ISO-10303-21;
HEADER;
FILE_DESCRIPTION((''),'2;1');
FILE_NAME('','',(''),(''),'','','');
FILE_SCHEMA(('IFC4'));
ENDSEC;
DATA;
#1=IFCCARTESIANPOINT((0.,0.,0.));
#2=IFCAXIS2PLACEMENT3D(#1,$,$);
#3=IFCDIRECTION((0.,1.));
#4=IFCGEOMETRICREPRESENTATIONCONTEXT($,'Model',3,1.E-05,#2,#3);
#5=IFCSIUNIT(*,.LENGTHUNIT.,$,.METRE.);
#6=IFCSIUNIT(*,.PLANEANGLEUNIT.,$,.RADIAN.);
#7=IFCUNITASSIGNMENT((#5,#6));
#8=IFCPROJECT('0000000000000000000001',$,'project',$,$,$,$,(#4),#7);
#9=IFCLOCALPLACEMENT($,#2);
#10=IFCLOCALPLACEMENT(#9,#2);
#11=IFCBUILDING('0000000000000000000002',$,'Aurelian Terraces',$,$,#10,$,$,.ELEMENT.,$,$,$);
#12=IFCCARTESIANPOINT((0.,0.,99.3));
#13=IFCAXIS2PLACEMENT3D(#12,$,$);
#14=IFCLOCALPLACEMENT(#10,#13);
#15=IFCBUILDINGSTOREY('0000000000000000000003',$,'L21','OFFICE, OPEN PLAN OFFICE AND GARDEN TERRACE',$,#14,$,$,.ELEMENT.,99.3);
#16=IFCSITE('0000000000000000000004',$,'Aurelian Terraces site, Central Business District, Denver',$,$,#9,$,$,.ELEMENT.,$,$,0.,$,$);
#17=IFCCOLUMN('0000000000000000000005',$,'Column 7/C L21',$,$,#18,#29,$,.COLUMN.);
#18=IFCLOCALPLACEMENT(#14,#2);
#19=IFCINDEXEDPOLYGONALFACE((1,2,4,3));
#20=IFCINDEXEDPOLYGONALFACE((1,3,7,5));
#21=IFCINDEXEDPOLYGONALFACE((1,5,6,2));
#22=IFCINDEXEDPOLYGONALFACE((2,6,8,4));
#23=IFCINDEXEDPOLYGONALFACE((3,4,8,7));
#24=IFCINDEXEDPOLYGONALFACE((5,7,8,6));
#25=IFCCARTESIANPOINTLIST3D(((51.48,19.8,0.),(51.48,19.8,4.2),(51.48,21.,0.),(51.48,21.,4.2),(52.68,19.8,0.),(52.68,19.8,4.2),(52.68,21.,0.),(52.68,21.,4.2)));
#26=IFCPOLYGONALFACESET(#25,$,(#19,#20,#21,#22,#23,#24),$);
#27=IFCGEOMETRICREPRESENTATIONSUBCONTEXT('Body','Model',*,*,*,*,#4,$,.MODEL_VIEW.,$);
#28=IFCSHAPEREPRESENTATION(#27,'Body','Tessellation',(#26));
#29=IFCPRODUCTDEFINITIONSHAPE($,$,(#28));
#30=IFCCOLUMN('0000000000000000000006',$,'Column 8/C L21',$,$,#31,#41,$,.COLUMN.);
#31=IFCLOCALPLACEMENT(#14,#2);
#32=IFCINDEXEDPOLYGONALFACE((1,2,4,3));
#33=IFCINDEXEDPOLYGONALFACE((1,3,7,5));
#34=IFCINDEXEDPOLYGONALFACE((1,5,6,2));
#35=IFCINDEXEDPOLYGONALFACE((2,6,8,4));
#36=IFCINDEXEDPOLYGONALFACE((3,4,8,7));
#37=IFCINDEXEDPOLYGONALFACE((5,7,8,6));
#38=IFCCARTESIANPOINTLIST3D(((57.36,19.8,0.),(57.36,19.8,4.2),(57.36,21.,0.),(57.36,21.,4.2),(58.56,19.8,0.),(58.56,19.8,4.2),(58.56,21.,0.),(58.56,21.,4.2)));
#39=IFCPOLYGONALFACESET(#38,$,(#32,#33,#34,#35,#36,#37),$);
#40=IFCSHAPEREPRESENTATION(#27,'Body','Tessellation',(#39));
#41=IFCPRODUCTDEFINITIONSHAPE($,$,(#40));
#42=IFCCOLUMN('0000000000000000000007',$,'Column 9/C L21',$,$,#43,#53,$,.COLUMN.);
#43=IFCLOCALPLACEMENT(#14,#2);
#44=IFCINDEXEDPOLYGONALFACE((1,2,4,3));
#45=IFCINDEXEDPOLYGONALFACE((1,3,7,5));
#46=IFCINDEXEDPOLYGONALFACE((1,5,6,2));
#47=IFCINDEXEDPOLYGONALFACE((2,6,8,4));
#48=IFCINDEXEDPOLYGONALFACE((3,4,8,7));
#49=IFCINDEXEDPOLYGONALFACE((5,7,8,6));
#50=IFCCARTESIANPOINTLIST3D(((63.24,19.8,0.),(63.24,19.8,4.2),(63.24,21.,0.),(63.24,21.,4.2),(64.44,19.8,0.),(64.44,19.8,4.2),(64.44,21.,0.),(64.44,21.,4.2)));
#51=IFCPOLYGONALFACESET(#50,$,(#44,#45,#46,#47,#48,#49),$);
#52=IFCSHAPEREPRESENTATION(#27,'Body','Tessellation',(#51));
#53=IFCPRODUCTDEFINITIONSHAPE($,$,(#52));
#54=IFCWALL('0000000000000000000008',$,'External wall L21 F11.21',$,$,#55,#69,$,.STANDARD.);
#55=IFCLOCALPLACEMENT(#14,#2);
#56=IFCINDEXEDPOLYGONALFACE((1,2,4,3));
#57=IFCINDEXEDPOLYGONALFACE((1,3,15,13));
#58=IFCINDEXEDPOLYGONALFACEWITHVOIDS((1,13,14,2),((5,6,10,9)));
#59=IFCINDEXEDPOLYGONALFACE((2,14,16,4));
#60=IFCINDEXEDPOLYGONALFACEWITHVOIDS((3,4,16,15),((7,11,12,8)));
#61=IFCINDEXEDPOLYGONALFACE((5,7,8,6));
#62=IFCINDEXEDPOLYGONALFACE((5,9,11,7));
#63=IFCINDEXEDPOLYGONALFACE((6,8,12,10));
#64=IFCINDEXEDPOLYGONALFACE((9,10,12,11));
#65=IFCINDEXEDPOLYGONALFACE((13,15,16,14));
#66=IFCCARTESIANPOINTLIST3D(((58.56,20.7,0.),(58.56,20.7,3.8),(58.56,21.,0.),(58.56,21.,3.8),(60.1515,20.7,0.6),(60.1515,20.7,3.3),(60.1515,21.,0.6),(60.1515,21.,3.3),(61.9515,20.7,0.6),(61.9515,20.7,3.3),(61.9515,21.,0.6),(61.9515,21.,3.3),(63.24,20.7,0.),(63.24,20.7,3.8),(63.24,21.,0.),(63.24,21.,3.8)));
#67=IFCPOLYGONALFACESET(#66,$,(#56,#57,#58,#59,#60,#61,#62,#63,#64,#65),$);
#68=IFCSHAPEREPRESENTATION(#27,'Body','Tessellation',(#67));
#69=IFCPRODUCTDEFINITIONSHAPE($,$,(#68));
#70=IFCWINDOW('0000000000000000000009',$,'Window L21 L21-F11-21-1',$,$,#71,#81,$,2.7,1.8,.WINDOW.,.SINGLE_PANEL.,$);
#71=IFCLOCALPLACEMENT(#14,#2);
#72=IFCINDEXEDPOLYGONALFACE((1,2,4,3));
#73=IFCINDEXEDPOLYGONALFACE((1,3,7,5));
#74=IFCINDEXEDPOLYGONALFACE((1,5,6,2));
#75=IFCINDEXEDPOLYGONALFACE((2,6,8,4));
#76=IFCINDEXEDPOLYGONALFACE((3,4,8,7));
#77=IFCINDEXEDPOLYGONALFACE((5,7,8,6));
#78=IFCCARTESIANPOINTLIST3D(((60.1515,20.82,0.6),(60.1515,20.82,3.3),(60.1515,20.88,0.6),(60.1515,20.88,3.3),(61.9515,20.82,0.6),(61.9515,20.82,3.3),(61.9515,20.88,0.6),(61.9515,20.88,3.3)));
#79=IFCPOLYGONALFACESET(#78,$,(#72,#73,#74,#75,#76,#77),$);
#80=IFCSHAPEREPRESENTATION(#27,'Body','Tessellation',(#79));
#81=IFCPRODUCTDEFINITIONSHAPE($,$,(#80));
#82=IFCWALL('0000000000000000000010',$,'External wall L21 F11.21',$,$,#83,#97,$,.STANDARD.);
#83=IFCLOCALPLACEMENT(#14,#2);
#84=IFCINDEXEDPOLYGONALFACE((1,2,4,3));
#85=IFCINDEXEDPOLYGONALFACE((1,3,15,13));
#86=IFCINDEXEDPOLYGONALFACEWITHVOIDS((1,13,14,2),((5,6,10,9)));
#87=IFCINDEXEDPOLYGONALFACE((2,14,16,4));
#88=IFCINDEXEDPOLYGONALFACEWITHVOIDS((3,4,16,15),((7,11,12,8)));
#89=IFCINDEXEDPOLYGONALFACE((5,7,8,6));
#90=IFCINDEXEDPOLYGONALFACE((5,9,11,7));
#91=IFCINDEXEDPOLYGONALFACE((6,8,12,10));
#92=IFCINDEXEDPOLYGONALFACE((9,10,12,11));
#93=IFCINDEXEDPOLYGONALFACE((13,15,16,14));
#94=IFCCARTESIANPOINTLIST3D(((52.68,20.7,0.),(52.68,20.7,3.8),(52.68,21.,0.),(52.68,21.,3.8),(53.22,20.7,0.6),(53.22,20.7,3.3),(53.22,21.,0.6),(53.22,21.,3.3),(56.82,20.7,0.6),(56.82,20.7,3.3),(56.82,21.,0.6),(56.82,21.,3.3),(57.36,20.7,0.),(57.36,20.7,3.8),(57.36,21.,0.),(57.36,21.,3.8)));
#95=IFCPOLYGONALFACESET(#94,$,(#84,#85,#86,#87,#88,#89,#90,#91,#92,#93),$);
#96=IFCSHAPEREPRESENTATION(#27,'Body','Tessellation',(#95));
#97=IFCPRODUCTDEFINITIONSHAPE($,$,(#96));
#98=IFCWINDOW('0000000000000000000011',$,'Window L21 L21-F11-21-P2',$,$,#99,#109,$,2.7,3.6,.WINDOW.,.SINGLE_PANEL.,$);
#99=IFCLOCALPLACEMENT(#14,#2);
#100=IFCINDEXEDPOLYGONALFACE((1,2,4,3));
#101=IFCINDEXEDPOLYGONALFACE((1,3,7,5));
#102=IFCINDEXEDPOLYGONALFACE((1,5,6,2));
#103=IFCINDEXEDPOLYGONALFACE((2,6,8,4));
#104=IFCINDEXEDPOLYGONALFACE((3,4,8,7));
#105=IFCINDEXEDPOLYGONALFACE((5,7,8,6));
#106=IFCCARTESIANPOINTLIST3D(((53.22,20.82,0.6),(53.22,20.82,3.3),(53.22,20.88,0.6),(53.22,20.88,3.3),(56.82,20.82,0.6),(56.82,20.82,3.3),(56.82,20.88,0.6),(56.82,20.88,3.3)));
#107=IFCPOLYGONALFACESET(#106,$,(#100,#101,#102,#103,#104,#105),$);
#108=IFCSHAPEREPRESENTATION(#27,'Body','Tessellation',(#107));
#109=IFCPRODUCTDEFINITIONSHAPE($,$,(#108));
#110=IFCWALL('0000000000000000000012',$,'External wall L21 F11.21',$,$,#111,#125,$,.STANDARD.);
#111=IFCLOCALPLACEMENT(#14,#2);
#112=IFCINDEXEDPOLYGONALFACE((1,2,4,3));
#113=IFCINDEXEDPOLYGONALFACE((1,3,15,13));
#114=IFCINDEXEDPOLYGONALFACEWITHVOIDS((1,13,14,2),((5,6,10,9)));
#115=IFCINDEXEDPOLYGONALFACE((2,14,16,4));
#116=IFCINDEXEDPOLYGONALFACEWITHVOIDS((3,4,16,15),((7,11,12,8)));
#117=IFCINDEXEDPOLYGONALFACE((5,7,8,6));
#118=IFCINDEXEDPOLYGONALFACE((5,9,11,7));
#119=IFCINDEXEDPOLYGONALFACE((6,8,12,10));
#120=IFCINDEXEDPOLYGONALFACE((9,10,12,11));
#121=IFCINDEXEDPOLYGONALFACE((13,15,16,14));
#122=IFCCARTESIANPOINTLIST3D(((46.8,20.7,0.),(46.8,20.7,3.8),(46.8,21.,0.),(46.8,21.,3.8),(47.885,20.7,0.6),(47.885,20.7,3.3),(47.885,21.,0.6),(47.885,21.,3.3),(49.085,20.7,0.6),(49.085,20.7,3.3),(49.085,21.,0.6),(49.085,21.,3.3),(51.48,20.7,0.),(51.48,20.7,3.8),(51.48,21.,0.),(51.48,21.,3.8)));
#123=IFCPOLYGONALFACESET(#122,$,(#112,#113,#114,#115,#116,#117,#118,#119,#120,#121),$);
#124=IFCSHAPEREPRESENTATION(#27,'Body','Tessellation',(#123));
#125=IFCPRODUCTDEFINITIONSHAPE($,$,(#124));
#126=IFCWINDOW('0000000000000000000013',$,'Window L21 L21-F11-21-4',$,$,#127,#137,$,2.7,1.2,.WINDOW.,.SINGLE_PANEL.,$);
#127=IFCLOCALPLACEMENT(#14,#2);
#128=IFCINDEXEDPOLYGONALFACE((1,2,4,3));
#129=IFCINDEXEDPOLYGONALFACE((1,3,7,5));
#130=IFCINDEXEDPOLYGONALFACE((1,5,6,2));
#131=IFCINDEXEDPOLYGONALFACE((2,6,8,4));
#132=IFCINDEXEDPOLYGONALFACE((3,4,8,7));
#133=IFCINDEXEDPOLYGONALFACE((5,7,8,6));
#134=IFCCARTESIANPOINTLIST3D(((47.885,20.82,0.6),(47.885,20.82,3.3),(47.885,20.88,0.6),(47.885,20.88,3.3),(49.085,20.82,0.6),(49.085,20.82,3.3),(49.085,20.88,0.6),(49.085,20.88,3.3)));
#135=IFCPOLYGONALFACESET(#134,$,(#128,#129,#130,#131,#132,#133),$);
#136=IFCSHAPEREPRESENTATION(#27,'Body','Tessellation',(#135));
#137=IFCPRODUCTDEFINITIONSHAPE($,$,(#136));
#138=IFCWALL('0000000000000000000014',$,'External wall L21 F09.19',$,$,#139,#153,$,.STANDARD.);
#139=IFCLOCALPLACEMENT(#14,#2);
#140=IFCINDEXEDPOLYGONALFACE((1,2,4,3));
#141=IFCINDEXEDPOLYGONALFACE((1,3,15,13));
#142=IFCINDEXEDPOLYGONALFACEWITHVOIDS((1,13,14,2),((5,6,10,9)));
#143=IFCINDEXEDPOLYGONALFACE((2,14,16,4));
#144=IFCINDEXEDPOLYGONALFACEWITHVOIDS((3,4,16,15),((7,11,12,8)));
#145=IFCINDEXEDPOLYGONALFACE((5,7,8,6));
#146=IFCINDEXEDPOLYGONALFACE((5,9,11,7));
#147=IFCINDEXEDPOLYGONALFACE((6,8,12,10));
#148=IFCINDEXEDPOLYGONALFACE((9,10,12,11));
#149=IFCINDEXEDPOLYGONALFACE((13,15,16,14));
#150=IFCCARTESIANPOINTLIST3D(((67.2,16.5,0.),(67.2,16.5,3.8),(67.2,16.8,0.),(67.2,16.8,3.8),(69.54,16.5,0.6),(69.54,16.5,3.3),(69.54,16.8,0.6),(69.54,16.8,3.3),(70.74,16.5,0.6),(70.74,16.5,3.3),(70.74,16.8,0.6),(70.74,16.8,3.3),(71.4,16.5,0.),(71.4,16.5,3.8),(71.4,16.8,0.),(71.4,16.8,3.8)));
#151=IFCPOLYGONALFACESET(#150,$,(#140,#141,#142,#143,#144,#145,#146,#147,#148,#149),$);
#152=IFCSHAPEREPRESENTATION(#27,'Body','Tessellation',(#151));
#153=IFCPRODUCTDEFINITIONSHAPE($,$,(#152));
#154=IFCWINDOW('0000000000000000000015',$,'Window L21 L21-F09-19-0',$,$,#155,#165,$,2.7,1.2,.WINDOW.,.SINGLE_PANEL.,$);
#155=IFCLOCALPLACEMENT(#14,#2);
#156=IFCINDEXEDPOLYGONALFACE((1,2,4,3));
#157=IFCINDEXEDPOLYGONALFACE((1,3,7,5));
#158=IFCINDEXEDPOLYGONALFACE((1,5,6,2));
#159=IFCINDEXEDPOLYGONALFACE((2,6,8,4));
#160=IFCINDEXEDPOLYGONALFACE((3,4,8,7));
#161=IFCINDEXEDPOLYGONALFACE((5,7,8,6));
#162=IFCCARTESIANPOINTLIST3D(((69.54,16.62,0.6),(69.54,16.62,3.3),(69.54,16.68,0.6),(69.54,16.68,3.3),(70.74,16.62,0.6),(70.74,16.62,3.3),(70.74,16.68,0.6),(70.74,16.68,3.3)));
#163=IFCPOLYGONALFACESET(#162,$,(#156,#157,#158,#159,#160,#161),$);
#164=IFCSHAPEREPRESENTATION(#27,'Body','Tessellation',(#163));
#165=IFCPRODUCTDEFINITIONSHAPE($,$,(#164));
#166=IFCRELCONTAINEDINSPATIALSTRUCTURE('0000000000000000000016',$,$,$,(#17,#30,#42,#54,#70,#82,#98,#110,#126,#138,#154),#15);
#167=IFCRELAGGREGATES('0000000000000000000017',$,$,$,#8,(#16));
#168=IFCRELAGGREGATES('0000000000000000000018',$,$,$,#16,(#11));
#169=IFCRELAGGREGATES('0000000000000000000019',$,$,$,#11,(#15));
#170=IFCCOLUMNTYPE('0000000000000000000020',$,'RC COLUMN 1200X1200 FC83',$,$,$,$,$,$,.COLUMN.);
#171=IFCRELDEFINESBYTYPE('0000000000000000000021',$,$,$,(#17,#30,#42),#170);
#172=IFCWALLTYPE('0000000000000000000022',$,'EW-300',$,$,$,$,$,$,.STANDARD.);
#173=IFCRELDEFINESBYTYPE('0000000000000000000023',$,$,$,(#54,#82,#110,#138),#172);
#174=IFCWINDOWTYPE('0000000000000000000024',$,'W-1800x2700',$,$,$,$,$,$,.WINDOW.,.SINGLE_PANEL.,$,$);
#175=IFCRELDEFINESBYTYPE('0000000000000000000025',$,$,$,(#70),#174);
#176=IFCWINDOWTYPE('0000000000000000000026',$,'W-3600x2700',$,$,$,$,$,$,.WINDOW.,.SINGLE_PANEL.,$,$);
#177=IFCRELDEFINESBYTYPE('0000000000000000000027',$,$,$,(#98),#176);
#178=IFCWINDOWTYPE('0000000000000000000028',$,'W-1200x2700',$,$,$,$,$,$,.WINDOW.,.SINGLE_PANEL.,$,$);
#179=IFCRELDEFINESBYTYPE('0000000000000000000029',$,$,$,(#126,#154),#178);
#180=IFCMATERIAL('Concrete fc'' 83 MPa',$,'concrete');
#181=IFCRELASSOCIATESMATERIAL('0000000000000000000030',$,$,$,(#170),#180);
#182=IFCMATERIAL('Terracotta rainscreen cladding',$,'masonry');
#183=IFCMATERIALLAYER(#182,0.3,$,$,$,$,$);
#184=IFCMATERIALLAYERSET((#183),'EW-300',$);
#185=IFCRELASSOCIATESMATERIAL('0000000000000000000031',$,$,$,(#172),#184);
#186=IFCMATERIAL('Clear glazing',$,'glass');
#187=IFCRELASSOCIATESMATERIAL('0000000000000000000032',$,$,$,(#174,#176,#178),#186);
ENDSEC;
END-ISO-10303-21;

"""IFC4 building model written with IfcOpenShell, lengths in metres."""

from ifc_helpers import new_model, si_unit, direction, frame, frame_2d, origin, origin_2d, place, context, subcontext, project, spatial, rectangle, extrude, source, transform, mapped, material, layer, layer_set, material_profile, profile_set, type_object, element, fill, save


model = new_model("IFC4")

# Units and contexts
model_context = context("Model", 3, precision=1e-05, world=origin(), true_north=direction((0.0, 1.0)))
body_context = subcontext(model_context, "Body", "Model", "MODEL_VIEW")
ifc_project = project(units=[si_unit("LENGTHUNIT", "METRE"), si_unit("PLANEANGLEUNIT", "RADIAN")], contexts=[model_context])

# Site, building, storey
site_placement = place(None, origin())
site = spatial("IfcSite", under=ifc_project, at=site_placement, Name="Aurelian Terraces site, Central Business District, Denver", CompositionType="ELEMENT", RefElevation=0.0)
building_placement = place(site_placement, origin())
building = spatial("IfcBuilding", under=site, at=building_placement, Name="Aurelian Terraces", CompositionType="ELEMENT")
storey_placement = place(building_placement, frame((0.0, 0.0, 99.3)))
storey = spatial("IfcBuildingStorey", under=building, at=storey_placement, Name="L21", Description="OFFICE, OPEN PLAN OFFICE AND GARDEN TERRACE", CompositionType="ELEMENT", Elevation=99.3)

# Columns
ifc_material_1 = material(Name="Concrete fc' 83 MPa", Category="concrete")
ifc_material_profile = material_profile(ifc_material_1, rectangle(XDim=1.2, YDim=1.2, at=origin_2d()))
ifc_profile_set = profile_set([ifc_material_profile], Name="Concrete fc' 83 MPa")
column_type = type_object("IfcColumnType", Name="RC COLUMN 1200X1200 FC83", PredefinedType="COLUMN", material=ifc_profile_set)
shared_shape_1 = source(origin(), body_context, "Body", "SweptSolid", [
    extrude(rectangle(XDim=1.2, YDim=1.2, at=origin_2d()), origin(), (0.0, 0.0, 1.0), 4.2),
])
for number, where, z_axis, x_axis, name in (
    (1, (52.08, 20.4, 0.0), (0.0, 0.0, 1.0), (1.0, 0.0, 0.0), "Column 7/C L21"),
    (2, (57.96, 20.4, 0.0), (0.0, 0.0, 1.0), (1.0, 0.0, 0.0), "Column 8/C L21"),
    (3, (63.84, 20.4, 0.0), (0.0, 0.0, 1.0), (1.0, 0.0, 0.0), "Column 9/C L21"),
):
    element("IfcColumn", number, at=place(storey_placement, frame(where, z_axis=z_axis, x_axis=x_axis)), inside=storey, type_object=column_type, Name=name, PredefinedType="COLUMN", context=body_context, shape_type="MappedRepresentation", body=[
        mapped(shared_shape_1, transform((0.0, 0.0, 0.0), scale=1.0)),
    ])

# Walls, openings, windows
ifc_material_2 = material(Name="Terracotta rainscreen cladding", Category="masonry")
ifc_layer_1 = layer(ifc_material_2, 0.3)
ifc_layer_set_1 = layer_set([ifc_layer_1], Name="EW-300")
wall_type_1 = type_object("IfcWallType", Name="EW-300", PredefinedType="STANDARD", material=ifc_layer_set_1)
shared_shape_2 = source(origin(), body_context, "Body", "SweptSolid", [
    extrude(rectangle(XDim=4.68, YDim=0.3, at=frame_2d((2.34, 0.0))), origin(), (0.0, 0.0, 1.0), 3.8),
])
wall_1_placement = place(storey_placement, frame((63.24, 20.85, 0.0), z_axis=(0.0, 0.0, 1.0), x_axis=(-1.0, 0.0, 0.0)))
wall_1 = element("IfcWall", 4, at=wall_1_placement, inside=storey, type_object=wall_type_1, Name="External wall L21 F11.21", PredefinedType="STANDARD", context=body_context, shape_type="MappedRepresentation", body=[
    mapped(shared_shape_2, transform((0.0, 0.0, 0.0), scale=1.0)),
])
shared_shape_3 = source(origin(), body_context, "Body", "SweptSolid", [
    extrude(rectangle(XDim=1.8, YDim=2.7, at=frame_2d((0.9, 1.35))), frame((0.0, 0.16, 0.0), z_axis=(0.0, -1.0, 0.0), x_axis=(1.0, 0.0, 0.0)), (0.0, 0.0, 1.0), 0.32),
])
opening_1_placement = place(wall_1_placement, frame((1.2885, 0.0, 0.6)))
opening_1 = element("IfcOpeningElement", 5, at=opening_1_placement, cuts=wall_1, PredefinedType="OPENING", context=body_context, shape_type="MappedRepresentation", body=[
    mapped(shared_shape_3, transform((0.0, 0.0, 0.0), scale=1.0)),
])
ifc_material_3 = material(Name="Clear glazing", Category="glass")
window_type_1 = type_object("IfcWindowType", Name="W-1800x2700", PartitioningType="SINGLE_PANEL", PredefinedType="WINDOW", material=ifc_material_3)
shared_shape_4 = source(origin(), body_context, "Body", "SweptSolid", [
    extrude(rectangle(XDim=1.8, YDim=2.7, at=frame_2d((0.9, 1.35))), frame((0.0, 0.03, 0.0), z_axis=(0.0, -1.0, 0.0), x_axis=(1.0, 0.0, 0.0)), (0.0, 0.0, 1.0), 0.06),
])
window_1_placement = place(opening_1_placement, origin())
window_1 = element("IfcWindow", 6, at=window_1_placement, inside=storey, type_object=window_type_1, Name="Window L21 L21-F11-21-1", OverallHeight=2.7, OverallWidth=1.8, PartitioningType="SINGLE_PANEL", PredefinedType="WINDOW", context=body_context, shape_type="MappedRepresentation", body=[
    mapped(shared_shape_4, transform((0.0, 0.0, 0.0), scale=1.0)),
])
fill(opening_1, window_1)
wall_2_placement = place(storey_placement, frame((57.36, 20.85, 0.0), z_axis=(0.0, 0.0, 1.0), x_axis=(-1.0, 0.0, 0.0)))
wall_2 = element("IfcWall", 7, at=wall_2_placement, inside=storey, type_object=wall_type_1, Name="External wall L21 F11.21", PredefinedType="STANDARD", context=body_context, shape_type="MappedRepresentation", body=[
    mapped(shared_shape_2, transform((0.0, 0.0, 0.0), scale=1.0)),
])
shared_shape_5 = source(origin(), body_context, "Body", "SweptSolid", [
    extrude(rectangle(XDim=3.6, YDim=2.7, at=frame_2d((1.8, 1.35))), frame((0.0, 0.16, 0.0), z_axis=(0.0, -1.0, 0.0), x_axis=(1.0, 0.0, 0.0)), (0.0, 0.0, 1.0), 0.32),
])
opening_2_placement = place(wall_2_placement, frame((0.54, 0.0, 0.6)))
opening_2 = element("IfcOpeningElement", 8, at=opening_2_placement, cuts=wall_2, PredefinedType="OPENING", context=body_context, shape_type="MappedRepresentation", body=[
    mapped(shared_shape_5, transform((0.0, 0.0, 0.0), scale=1.0)),
])
window_type_2 = type_object("IfcWindowType", Name="W-3600x2700", PartitioningType="SINGLE_PANEL", PredefinedType="WINDOW", material=ifc_material_3)
shared_shape_6 = source(origin(), body_context, "Body", "SweptSolid", [
    extrude(rectangle(XDim=3.6, YDim=2.7, at=frame_2d((1.8, 1.35))), frame((0.0, 0.03, 0.0), z_axis=(0.0, -1.0, 0.0), x_axis=(1.0, 0.0, 0.0)), (0.0, 0.0, 1.0), 0.06),
])
window_2_placement = place(opening_2_placement, origin())
window_2 = element("IfcWindow", 9, at=window_2_placement, inside=storey, type_object=window_type_2, Name="Window L21 L21-F11-21-P2", OverallHeight=2.7, OverallWidth=3.6, PartitioningType="SINGLE_PANEL", PredefinedType="WINDOW", context=body_context, shape_type="MappedRepresentation", body=[
    mapped(shared_shape_6, transform((0.0, 0.0, 0.0), scale=1.0)),
])
fill(opening_2, window_2)
wall_3_placement = place(storey_placement, frame((51.48, 20.85, 0.0), z_axis=(0.0, 0.0, 1.0), x_axis=(-1.0, 0.0, 0.0)))
wall_3 = element("IfcWall", 10, at=wall_3_placement, inside=storey, type_object=wall_type_1, Name="External wall L21 F11.21", PredefinedType="STANDARD", context=body_context, shape_type="MappedRepresentation", body=[
    mapped(shared_shape_2, transform((0.0, 0.0, 0.0), scale=1.0)),
])
shared_shape_7 = source(origin(), body_context, "Body", "SweptSolid", [
    extrude(rectangle(XDim=1.2, YDim=2.7, at=frame_2d((0.6, 1.35))), frame((0.0, 0.16, 0.0), z_axis=(0.0, -1.0, 0.0), x_axis=(1.0, 0.0, 0.0)), (0.0, 0.0, 1.0), 0.32),
])
opening_3_placement = place(wall_3_placement, frame((2.395, 0.0, 0.6)))
opening_3 = element("IfcOpeningElement", 11, at=opening_3_placement, cuts=wall_3, PredefinedType="OPENING", context=body_context, shape_type="MappedRepresentation", body=[
    mapped(shared_shape_7, transform((0.0, 0.0, 0.0), scale=1.0)),
])
window_type_3 = type_object("IfcWindowType", Name="W-1200x2700", PartitioningType="SINGLE_PANEL", PredefinedType="WINDOW", material=ifc_material_3)
shared_shape_8 = source(origin(), body_context, "Body", "SweptSolid", [
    extrude(rectangle(XDim=1.2, YDim=2.7, at=frame_2d((0.6, 1.35))), frame((0.0, 0.03, 0.0), z_axis=(0.0, -1.0, 0.0), x_axis=(1.0, 0.0, 0.0)), (0.0, 0.0, 1.0), 0.06),
])
window_3_placement = place(opening_3_placement, origin())
window_3 = element("IfcWindow", 12, at=window_3_placement, inside=storey, type_object=window_type_3, Name="Window L21 L21-F11-21-4", OverallHeight=2.7, OverallWidth=1.2, PartitioningType="SINGLE_PANEL", PredefinedType="WINDOW", context=body_context, shape_type="MappedRepresentation", body=[
    mapped(shared_shape_8, transform((0.0, 0.0, 0.0), scale=1.0)),
])
fill(opening_3, window_3)
shared_shape_9 = source(origin(), body_context, "Body", "SweptSolid", [
    extrude(rectangle(XDim=4.2, YDim=0.3, at=frame_2d((2.1, 0.0))), origin(), (0.0, 0.0, 1.0), 3.8),
])
wall_4_placement = place(storey_placement, frame((71.4, 16.65, 0.0), z_axis=(0.0, 0.0, 1.0), x_axis=(-1.0, 0.0, 0.0)))
wall_4 = element("IfcWall", 13, at=wall_4_placement, inside=storey, type_object=wall_type_1, Name="External wall L21 F09.19", PredefinedType="STANDARD", context=body_context, shape_type="MappedRepresentation", body=[
    mapped(shared_shape_9, transform((0.0, 0.0, 0.0), scale=1.0)),
])
opening_4_placement = place(wall_4_placement, frame((0.66, 0.0, 0.6)))
opening_4 = element("IfcOpeningElement", 14, at=opening_4_placement, cuts=wall_4, PredefinedType="OPENING", context=body_context, shape_type="MappedRepresentation", body=[
    mapped(shared_shape_7, transform((0.0, 0.0, 0.0), scale=1.0)),
])
window_4_placement = place(opening_4_placement, origin())
window_4 = element("IfcWindow", 15, at=window_4_placement, inside=storey, type_object=window_type_3, Name="Window L21 L21-F09-19-0", OverallHeight=2.7, OverallWidth=1.2, PartitioningType="SINGLE_PANEL", PredefinedType="WINDOW", context=body_context, shape_type="MappedRepresentation", body=[
    mapped(shared_shape_8, transform((0.0, 0.0, 0.0), scale=1.0)),
])
fill(opening_4, window_4)

save(model, "model.ifc")
